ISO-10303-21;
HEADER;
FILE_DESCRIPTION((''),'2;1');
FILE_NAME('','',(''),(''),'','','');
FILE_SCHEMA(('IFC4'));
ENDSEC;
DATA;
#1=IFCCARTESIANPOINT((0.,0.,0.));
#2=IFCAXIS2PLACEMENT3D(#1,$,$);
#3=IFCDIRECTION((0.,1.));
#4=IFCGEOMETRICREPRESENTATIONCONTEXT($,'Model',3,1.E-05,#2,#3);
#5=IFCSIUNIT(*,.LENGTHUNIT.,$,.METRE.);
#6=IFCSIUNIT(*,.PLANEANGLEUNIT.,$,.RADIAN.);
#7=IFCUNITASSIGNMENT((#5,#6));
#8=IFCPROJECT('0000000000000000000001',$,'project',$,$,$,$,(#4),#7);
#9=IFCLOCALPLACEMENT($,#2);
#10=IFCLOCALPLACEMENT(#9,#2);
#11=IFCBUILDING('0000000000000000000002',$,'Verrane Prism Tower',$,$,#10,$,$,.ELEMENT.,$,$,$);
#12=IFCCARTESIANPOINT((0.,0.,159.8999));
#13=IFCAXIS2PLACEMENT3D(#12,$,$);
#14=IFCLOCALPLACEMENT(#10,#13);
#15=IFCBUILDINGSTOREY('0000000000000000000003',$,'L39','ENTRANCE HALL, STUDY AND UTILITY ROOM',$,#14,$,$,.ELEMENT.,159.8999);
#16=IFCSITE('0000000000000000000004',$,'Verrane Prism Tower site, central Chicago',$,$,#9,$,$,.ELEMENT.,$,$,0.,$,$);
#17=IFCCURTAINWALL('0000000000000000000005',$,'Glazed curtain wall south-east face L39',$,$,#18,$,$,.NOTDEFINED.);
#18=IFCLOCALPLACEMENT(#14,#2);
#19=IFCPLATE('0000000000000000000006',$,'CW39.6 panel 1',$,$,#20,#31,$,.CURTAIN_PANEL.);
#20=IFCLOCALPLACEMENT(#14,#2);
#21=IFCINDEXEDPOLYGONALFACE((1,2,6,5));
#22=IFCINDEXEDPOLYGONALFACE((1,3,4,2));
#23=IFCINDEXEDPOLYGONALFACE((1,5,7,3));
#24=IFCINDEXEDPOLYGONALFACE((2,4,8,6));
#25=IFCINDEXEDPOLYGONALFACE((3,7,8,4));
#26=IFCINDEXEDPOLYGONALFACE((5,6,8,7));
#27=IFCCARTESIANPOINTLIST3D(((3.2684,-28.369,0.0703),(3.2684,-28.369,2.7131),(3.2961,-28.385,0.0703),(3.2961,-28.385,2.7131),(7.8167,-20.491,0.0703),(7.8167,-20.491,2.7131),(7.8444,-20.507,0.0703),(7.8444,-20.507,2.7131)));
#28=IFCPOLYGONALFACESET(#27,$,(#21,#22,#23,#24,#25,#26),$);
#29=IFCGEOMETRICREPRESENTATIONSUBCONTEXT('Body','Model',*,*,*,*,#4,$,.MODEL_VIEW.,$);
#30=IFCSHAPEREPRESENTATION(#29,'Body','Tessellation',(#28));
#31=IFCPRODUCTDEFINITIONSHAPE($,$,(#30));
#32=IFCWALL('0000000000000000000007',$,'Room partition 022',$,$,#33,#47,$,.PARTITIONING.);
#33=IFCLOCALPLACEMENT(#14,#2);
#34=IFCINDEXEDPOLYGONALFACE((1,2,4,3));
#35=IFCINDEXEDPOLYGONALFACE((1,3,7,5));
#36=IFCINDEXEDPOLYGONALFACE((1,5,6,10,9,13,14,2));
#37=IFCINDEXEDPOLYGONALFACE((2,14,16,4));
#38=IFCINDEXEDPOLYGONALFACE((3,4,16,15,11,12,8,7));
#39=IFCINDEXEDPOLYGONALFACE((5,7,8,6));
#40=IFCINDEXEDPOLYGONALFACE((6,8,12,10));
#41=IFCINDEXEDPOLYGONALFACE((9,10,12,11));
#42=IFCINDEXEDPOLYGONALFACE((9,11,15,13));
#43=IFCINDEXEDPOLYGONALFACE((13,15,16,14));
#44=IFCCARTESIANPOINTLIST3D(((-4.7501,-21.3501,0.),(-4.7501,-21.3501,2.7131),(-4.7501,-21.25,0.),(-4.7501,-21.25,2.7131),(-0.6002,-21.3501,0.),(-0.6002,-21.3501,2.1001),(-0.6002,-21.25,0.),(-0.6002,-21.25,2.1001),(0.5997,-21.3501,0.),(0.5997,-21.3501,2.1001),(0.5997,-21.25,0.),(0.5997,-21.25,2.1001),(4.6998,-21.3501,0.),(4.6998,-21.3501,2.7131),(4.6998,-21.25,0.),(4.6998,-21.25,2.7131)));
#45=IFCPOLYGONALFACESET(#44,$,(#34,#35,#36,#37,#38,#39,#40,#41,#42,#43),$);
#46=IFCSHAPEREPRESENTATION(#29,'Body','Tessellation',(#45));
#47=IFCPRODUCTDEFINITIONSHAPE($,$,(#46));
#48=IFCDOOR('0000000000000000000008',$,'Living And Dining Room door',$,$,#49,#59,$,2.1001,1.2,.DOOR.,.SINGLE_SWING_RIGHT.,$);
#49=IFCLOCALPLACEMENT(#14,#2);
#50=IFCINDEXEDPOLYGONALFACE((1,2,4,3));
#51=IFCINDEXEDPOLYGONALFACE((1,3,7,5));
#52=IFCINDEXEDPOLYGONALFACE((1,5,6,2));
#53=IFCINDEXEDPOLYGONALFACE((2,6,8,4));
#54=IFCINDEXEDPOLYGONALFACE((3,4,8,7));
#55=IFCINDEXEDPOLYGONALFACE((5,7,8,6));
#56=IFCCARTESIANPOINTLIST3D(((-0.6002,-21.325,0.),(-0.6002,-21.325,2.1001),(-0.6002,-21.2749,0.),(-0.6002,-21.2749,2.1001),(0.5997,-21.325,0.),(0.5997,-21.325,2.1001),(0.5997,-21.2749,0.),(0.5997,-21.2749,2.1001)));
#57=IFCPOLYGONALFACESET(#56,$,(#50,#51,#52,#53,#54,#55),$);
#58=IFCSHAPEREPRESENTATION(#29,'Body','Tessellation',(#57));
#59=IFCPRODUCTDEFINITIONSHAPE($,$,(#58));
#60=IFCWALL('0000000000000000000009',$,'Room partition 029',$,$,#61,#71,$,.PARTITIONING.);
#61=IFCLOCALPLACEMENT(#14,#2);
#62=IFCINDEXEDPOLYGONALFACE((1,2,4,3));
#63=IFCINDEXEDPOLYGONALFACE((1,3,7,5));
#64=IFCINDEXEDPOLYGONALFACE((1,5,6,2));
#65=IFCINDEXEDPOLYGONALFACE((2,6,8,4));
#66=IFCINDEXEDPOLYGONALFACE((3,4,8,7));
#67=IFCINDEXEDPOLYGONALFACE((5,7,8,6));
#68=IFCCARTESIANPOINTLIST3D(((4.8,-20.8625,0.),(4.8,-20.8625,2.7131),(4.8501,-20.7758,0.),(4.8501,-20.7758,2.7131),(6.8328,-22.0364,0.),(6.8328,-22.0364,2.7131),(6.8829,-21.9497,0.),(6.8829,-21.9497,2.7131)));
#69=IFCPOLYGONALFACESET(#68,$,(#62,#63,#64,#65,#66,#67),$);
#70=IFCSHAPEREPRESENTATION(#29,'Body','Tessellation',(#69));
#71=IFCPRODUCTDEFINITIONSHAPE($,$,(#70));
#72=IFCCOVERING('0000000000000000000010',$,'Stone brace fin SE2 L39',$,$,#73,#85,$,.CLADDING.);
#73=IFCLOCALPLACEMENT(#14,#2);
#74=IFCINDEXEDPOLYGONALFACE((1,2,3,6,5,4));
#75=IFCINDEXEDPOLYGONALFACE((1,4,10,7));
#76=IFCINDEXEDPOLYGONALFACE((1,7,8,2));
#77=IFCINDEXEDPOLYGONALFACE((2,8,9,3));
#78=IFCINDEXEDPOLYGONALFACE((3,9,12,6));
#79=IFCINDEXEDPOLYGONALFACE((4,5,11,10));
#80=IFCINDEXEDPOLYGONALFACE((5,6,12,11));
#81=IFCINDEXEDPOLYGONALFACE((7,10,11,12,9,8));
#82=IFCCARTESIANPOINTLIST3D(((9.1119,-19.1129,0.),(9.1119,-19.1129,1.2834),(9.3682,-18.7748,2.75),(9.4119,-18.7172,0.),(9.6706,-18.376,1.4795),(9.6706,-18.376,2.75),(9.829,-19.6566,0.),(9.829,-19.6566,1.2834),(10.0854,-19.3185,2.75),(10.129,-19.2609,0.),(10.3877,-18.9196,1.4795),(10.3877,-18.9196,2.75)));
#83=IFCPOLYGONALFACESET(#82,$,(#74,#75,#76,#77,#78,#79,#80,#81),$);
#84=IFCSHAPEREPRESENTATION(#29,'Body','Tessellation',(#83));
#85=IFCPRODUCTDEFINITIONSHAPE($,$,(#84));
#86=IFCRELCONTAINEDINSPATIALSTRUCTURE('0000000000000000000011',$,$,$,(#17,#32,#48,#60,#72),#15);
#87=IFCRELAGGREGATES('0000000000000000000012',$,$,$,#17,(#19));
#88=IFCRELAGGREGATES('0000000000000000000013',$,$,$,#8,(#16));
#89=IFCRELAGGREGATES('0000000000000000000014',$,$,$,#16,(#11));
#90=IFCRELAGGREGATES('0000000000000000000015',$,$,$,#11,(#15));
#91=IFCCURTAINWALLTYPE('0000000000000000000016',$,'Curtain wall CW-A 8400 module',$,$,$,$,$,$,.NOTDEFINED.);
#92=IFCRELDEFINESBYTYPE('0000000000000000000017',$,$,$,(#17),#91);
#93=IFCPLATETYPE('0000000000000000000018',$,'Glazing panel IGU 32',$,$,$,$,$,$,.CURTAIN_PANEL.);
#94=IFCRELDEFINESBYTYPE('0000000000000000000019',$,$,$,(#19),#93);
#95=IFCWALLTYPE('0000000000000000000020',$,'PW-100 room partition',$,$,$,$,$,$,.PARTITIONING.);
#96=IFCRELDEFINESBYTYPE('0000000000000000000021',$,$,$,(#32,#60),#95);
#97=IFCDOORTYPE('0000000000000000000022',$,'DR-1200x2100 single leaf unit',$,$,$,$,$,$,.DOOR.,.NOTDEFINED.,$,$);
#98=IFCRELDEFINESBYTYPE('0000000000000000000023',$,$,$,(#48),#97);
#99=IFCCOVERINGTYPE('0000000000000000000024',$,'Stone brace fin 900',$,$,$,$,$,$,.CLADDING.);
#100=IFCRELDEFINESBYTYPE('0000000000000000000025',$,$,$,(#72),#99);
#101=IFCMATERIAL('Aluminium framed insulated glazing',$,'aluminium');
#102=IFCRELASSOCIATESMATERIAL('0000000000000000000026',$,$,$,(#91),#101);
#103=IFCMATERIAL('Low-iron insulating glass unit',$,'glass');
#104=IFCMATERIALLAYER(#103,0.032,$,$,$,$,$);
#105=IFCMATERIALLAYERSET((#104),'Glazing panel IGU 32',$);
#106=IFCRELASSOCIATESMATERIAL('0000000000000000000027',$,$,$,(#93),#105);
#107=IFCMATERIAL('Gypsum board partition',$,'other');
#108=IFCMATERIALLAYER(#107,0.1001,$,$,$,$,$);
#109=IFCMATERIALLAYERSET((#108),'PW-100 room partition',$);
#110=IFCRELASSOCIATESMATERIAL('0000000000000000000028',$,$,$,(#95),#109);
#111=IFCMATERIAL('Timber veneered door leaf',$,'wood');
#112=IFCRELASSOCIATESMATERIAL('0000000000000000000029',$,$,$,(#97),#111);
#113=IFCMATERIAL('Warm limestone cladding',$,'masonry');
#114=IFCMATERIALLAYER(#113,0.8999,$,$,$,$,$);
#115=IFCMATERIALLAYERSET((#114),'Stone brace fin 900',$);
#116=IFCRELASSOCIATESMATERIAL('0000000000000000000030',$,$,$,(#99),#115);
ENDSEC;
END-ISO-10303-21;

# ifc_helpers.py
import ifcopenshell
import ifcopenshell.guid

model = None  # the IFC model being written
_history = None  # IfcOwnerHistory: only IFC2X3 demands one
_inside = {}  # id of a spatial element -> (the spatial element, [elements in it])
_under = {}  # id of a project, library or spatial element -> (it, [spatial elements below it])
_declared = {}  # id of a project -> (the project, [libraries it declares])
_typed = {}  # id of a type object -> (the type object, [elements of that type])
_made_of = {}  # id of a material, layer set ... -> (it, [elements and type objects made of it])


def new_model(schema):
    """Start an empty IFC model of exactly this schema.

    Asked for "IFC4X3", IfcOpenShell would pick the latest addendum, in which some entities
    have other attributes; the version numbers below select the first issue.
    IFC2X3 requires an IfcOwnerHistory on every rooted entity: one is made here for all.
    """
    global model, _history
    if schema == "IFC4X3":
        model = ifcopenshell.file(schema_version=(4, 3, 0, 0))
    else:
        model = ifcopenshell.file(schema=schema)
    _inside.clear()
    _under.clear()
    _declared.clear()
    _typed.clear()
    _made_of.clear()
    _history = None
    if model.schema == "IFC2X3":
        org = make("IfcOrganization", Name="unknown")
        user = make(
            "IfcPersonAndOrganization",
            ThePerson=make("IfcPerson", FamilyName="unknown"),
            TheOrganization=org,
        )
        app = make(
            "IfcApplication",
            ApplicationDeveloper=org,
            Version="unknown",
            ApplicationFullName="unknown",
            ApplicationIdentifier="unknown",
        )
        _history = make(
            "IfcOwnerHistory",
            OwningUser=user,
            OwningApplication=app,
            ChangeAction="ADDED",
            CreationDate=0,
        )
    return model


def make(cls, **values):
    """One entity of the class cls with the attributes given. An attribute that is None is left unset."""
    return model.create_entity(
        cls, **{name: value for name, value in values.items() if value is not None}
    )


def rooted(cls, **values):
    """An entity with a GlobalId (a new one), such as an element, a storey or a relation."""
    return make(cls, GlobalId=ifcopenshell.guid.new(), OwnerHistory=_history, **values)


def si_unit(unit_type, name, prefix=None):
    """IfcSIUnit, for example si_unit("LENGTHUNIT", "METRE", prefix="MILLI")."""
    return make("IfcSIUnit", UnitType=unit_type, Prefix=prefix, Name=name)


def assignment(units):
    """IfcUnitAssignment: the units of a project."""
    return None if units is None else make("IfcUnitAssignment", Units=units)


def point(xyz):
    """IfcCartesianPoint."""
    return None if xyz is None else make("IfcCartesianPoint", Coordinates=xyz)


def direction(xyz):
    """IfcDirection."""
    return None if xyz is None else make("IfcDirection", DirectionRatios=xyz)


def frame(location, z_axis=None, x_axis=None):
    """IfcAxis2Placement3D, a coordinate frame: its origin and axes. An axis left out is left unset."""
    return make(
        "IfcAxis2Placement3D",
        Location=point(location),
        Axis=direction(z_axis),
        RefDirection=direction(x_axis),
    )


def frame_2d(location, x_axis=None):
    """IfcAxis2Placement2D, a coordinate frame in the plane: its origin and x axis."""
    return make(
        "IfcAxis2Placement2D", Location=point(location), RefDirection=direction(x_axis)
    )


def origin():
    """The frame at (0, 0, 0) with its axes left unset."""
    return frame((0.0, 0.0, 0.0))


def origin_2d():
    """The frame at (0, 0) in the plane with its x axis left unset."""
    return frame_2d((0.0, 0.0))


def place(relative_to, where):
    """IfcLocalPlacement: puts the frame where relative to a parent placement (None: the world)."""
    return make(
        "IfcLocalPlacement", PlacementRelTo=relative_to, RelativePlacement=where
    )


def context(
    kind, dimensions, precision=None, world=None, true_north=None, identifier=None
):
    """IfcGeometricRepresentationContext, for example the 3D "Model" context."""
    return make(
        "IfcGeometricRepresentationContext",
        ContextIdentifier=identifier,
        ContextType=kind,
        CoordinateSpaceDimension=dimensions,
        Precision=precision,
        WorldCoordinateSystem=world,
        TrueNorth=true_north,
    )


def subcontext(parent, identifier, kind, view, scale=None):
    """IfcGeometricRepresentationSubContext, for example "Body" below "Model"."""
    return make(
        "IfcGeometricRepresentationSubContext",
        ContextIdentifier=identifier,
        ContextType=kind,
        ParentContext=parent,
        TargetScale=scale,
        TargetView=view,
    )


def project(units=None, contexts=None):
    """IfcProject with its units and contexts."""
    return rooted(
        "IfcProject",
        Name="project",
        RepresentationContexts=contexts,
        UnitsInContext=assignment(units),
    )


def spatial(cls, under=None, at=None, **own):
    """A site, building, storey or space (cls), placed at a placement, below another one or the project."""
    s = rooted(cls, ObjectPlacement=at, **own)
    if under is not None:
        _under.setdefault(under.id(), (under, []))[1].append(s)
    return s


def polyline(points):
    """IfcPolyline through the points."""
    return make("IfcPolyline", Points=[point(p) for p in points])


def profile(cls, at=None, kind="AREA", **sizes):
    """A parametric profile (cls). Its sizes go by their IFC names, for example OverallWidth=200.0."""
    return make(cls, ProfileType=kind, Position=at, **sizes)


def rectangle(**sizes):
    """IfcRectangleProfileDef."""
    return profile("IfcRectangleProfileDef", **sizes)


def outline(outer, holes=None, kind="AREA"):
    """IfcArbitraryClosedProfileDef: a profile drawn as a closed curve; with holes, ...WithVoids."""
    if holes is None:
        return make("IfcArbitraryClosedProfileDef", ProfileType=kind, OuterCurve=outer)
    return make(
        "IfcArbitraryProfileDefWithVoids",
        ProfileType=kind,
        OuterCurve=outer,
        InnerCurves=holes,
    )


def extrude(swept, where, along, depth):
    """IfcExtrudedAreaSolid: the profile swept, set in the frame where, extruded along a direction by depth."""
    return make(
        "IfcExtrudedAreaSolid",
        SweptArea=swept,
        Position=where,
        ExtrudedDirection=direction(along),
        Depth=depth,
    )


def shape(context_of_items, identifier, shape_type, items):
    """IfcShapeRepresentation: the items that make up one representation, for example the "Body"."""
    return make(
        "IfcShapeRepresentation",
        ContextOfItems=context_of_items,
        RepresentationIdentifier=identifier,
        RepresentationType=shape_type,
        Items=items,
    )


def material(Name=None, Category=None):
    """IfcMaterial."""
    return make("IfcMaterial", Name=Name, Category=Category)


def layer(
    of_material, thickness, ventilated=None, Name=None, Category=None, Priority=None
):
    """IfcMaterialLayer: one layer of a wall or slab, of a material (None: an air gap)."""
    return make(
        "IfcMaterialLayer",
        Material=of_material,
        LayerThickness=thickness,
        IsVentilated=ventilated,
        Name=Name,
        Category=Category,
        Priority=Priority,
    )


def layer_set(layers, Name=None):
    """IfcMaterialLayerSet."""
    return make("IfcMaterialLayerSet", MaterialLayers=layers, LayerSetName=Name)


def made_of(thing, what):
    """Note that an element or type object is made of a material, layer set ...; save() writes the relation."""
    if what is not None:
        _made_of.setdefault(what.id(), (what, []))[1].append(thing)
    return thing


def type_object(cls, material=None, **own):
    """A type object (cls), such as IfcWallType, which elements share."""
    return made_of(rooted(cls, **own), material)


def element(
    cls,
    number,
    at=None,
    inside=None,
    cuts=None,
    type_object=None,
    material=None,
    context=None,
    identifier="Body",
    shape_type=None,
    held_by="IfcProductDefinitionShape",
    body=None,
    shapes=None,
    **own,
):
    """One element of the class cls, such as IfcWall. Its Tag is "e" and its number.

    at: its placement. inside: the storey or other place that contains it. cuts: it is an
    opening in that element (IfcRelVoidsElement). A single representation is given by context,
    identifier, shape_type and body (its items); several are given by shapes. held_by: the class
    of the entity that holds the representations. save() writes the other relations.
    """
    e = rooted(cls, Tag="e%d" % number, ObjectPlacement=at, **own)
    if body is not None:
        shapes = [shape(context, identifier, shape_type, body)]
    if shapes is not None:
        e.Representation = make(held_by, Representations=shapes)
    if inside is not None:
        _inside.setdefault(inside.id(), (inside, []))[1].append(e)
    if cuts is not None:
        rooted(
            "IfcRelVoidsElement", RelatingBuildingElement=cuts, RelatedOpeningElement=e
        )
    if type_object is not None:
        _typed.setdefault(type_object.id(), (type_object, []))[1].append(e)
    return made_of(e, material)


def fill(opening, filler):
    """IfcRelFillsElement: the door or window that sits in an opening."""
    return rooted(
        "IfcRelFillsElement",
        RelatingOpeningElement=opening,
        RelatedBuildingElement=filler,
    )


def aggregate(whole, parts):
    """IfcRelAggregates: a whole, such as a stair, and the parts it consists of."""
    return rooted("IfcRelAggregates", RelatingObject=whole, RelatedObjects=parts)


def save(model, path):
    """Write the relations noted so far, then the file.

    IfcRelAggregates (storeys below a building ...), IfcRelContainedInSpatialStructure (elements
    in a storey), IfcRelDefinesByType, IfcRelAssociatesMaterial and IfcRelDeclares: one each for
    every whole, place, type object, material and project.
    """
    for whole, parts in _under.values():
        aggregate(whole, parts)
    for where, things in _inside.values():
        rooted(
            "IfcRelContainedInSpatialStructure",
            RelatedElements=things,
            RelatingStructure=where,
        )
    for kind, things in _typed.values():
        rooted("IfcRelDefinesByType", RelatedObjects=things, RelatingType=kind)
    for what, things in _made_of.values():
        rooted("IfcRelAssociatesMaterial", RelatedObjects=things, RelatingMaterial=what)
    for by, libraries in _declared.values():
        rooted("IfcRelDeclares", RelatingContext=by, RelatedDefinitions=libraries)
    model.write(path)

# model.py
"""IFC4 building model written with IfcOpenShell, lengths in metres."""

from ifc_helpers import new_model, si_unit, direction, frame, frame_2d, origin, origin_2d, place, context, subcontext, project, spatial, polyline, rectangle, outline, extrude, material, layer, layer_set, type_object, element, fill, aggregate, save


model = new_model("IFC4")

# Units and contexts
model_context = context("Model", 3, precision=1e-05, world=origin(), true_north=direction((0.0, 1.0)))
body_context = subcontext(model_context, "Body", "Model", "MODEL_VIEW")
ifc_project = project(units=[si_unit("LENGTHUNIT", "METRE"), si_unit("PLANEANGLEUNIT", "RADIAN")], contexts=[model_context])

# Site, building, storey
site_placement = place(None, origin())
site = spatial("IfcSite", under=ifc_project, at=site_placement, Name="Verrane Prism Tower site, central Chicago", CompositionType="ELEMENT", RefElevation=0.0)
building_placement = place(site_placement, origin())
building = spatial("IfcBuilding", under=site, at=building_placement, Name="Verrane Prism Tower", CompositionType="ELEMENT")
storey_placement = place(building_placement, frame((0.0, 0.0, 159.8999)))
storey = spatial("IfcBuildingStorey", under=building, at=storey_placement, Name="L39", Description="ENTRANCE HALL, STUDY AND UTILITY ROOM", CompositionType="ELEMENT", Elevation=159.8999)

# Curtain wall
ifc_material_1 = material(Name="Aluminium framed insulated glazing", Category="aluminium")
curtain_wall_type = type_object("IfcCurtainWallType", Name="Curtain wall CW-A 8400 module", PredefinedType="NOTDEFINED", material=ifc_material_1)
curtain_wall_1_placement = place(storey_placement, origin())
curtain_wall_1 = element("IfcCurtainWall", 1, at=curtain_wall_1_placement, inside=storey, type_object=curtain_wall_type, Name="Glazed curtain wall south-east face L39", PredefinedType="NOTDEFINED")

# Shared definitions
ifc_material_2 = material(Name="Low-iron insulating glass unit", Category="glass")
ifc_layer_1 = layer(ifc_material_2, 0.032)
ifc_layer_set_1 = layer_set([ifc_layer_1], Name="Glazing panel IGU 32")
plate_type = type_object("IfcPlateType", Name="Glazing panel IGU 32", PredefinedType="CURTAIN_PANEL", material=ifc_layer_set_1)

# Plate
plate_1_placement = place(storey_placement, frame((5.5564, -24.438, 0.0703), z_axis=(0.0, 0.0, 1.0), x_axis=(0.499999, 0.866026, 0.0)))
plate_1 = element("IfcPlate", 2, at=plate_1_placement, type_object=plate_type, Name="CW39.6 panel 1", PredefinedType="CURTAIN_PANEL", context=body_context, shape_type="SweptSolid", body=[
    extrude(rectangle(XDim=9.0967, YDim=0.032, at=origin_2d()), origin(), (0.0, 0.0, 1.0), 2.6428),
])
aggregate(curtain_wall_1, [plate_1])

# Wall, opening, door
ifc_material_3 = material(Name="Gypsum board partition", Category="other")
ifc_layer_2 = layer(ifc_material_3, 0.1001)
ifc_layer_set_2 = layer_set([ifc_layer_2], Name="PW-100 room partition")
wall_type = type_object("IfcWallType", Name="PW-100 room partition", PredefinedType="PARTITIONING", material=ifc_layer_set_2)
wall_1_placement = place(storey_placement, frame((4.7, -21.3, 0.0), z_axis=(0.0, 0.0, 1.0), x_axis=(-1.0, 0.0, 0.0)))
wall_1 = element("IfcWall", 3, at=wall_1_placement, inside=storey, type_object=wall_type, Name="Room partition 022", PredefinedType="PARTITIONING", context=body_context, shape_type="SweptSolid", body=[
    extrude(rectangle(XDim=9.45, YDim=0.1001, at=frame_2d((4.7251, 0.0))), origin(), (0.0, 0.0, 1.0), 2.7131),
])
opening_placement = place(wall_1_placement, frame((4.1001, 0.0, 0.0)))
opening = element("IfcOpeningElement", 4, at=opening_placement, cuts=wall_1, PredefinedType="OPENING", context=body_context, shape_type="SweptSolid", body=[
    extrude(rectangle(XDim=1.2, YDim=2.1001, at=frame_2d((0.6001, 1.05))), frame((0.0, 0.0601, 0.0), z_axis=(0.0, -1.0, 0.0), x_axis=(1.0, 0.0, 0.0)), (0.0, 0.0, 1.0), 0.1201),
])
ifc_material_4 = material(Name="Timber veneered door leaf", Category="wood")
door_type = type_object("IfcDoorType", Name="DR-1200x2100 single leaf unit", OperationType="NOTDEFINED", PredefinedType="DOOR", material=ifc_material_4)
door_placement = place(opening_placement, origin())
door = element("IfcDoor", 5, at=door_placement, inside=storey, type_object=door_type, Name="Living And Dining Room door", OperationType="SINGLE_SWING_RIGHT", OverallHeight=2.1001, OverallWidth=1.2, PredefinedType="DOOR", context=body_context, shape_type="SweptSolid", body=[
    extrude(rectangle(XDim=1.2, YDim=2.1001, at=frame_2d((0.6001, 1.05))), frame((0.0, 0.0249, 0.0), z_axis=(0.0, -1.0, 0.0), x_axis=(1.0, 0.0, 0.0)), (0.0, 0.0, 1.0), 0.05),
])
fill(opening, door)

# Wall
wall_2_placement = place(storey_placement, frame((4.825, -20.8191, 0.0), z_axis=(0.0, 0.0, 1.0), x_axis=(0.865981, -0.500077, 0.0)))
element("IfcWall", 6, at=wall_2_placement, inside=storey, type_object=wall_type, Name="Room partition 029", PredefinedType="PARTITIONING", context=body_context, shape_type="SweptSolid", body=[
    extrude(rectangle(XDim=2.3474, YDim=0.1001, at=frame_2d((1.1738, 0.0))), origin(), (0.0, 0.0, 1.0), 2.7131),
])

# Covering
ifc_material_5 = material(Name="Warm limestone cladding", Category="masonry")
ifc_layer_3 = layer(ifc_material_5, 0.8999)
ifc_layer_set_3 = layer_set([ifc_layer_3], Name="Stone brace fin 900")
covering_type = type_object("IfcCoveringType", Name="Stone brace fin 900", PredefinedType="CLADDING", material=ifc_layer_set_3)
covering_placement = place(storey_placement, frame((9.4705, -19.3848, 0.0), z_axis=(0.0, 0.0, 1.0), x_axis=(0.604132, 0.796884, 0.0)))
element("IfcCovering", 7, at=covering_placement, inside=storey, type_object=covering_type, Name="Stone brace fin SE2 L39", PredefinedType="CLADDING", context=body_context, shape_type="SweptSolid", body=[
    extrude(outline(polyline([(0.9248, 2.75), (0.4243, 2.75), (0.0, 1.2834), (0.0, 0.0), (0.4966, 0.0), (0.9248, 1.4795), (0.9248, 2.75)])), frame((0.0, 0.45, 0.0), z_axis=(0.0, -1.0, 0.0), x_axis=(1.0, 0.0, 0.0)), (0.0, 0.0, 1.0), 0.8999),
])

save(model, "model.ifc")
